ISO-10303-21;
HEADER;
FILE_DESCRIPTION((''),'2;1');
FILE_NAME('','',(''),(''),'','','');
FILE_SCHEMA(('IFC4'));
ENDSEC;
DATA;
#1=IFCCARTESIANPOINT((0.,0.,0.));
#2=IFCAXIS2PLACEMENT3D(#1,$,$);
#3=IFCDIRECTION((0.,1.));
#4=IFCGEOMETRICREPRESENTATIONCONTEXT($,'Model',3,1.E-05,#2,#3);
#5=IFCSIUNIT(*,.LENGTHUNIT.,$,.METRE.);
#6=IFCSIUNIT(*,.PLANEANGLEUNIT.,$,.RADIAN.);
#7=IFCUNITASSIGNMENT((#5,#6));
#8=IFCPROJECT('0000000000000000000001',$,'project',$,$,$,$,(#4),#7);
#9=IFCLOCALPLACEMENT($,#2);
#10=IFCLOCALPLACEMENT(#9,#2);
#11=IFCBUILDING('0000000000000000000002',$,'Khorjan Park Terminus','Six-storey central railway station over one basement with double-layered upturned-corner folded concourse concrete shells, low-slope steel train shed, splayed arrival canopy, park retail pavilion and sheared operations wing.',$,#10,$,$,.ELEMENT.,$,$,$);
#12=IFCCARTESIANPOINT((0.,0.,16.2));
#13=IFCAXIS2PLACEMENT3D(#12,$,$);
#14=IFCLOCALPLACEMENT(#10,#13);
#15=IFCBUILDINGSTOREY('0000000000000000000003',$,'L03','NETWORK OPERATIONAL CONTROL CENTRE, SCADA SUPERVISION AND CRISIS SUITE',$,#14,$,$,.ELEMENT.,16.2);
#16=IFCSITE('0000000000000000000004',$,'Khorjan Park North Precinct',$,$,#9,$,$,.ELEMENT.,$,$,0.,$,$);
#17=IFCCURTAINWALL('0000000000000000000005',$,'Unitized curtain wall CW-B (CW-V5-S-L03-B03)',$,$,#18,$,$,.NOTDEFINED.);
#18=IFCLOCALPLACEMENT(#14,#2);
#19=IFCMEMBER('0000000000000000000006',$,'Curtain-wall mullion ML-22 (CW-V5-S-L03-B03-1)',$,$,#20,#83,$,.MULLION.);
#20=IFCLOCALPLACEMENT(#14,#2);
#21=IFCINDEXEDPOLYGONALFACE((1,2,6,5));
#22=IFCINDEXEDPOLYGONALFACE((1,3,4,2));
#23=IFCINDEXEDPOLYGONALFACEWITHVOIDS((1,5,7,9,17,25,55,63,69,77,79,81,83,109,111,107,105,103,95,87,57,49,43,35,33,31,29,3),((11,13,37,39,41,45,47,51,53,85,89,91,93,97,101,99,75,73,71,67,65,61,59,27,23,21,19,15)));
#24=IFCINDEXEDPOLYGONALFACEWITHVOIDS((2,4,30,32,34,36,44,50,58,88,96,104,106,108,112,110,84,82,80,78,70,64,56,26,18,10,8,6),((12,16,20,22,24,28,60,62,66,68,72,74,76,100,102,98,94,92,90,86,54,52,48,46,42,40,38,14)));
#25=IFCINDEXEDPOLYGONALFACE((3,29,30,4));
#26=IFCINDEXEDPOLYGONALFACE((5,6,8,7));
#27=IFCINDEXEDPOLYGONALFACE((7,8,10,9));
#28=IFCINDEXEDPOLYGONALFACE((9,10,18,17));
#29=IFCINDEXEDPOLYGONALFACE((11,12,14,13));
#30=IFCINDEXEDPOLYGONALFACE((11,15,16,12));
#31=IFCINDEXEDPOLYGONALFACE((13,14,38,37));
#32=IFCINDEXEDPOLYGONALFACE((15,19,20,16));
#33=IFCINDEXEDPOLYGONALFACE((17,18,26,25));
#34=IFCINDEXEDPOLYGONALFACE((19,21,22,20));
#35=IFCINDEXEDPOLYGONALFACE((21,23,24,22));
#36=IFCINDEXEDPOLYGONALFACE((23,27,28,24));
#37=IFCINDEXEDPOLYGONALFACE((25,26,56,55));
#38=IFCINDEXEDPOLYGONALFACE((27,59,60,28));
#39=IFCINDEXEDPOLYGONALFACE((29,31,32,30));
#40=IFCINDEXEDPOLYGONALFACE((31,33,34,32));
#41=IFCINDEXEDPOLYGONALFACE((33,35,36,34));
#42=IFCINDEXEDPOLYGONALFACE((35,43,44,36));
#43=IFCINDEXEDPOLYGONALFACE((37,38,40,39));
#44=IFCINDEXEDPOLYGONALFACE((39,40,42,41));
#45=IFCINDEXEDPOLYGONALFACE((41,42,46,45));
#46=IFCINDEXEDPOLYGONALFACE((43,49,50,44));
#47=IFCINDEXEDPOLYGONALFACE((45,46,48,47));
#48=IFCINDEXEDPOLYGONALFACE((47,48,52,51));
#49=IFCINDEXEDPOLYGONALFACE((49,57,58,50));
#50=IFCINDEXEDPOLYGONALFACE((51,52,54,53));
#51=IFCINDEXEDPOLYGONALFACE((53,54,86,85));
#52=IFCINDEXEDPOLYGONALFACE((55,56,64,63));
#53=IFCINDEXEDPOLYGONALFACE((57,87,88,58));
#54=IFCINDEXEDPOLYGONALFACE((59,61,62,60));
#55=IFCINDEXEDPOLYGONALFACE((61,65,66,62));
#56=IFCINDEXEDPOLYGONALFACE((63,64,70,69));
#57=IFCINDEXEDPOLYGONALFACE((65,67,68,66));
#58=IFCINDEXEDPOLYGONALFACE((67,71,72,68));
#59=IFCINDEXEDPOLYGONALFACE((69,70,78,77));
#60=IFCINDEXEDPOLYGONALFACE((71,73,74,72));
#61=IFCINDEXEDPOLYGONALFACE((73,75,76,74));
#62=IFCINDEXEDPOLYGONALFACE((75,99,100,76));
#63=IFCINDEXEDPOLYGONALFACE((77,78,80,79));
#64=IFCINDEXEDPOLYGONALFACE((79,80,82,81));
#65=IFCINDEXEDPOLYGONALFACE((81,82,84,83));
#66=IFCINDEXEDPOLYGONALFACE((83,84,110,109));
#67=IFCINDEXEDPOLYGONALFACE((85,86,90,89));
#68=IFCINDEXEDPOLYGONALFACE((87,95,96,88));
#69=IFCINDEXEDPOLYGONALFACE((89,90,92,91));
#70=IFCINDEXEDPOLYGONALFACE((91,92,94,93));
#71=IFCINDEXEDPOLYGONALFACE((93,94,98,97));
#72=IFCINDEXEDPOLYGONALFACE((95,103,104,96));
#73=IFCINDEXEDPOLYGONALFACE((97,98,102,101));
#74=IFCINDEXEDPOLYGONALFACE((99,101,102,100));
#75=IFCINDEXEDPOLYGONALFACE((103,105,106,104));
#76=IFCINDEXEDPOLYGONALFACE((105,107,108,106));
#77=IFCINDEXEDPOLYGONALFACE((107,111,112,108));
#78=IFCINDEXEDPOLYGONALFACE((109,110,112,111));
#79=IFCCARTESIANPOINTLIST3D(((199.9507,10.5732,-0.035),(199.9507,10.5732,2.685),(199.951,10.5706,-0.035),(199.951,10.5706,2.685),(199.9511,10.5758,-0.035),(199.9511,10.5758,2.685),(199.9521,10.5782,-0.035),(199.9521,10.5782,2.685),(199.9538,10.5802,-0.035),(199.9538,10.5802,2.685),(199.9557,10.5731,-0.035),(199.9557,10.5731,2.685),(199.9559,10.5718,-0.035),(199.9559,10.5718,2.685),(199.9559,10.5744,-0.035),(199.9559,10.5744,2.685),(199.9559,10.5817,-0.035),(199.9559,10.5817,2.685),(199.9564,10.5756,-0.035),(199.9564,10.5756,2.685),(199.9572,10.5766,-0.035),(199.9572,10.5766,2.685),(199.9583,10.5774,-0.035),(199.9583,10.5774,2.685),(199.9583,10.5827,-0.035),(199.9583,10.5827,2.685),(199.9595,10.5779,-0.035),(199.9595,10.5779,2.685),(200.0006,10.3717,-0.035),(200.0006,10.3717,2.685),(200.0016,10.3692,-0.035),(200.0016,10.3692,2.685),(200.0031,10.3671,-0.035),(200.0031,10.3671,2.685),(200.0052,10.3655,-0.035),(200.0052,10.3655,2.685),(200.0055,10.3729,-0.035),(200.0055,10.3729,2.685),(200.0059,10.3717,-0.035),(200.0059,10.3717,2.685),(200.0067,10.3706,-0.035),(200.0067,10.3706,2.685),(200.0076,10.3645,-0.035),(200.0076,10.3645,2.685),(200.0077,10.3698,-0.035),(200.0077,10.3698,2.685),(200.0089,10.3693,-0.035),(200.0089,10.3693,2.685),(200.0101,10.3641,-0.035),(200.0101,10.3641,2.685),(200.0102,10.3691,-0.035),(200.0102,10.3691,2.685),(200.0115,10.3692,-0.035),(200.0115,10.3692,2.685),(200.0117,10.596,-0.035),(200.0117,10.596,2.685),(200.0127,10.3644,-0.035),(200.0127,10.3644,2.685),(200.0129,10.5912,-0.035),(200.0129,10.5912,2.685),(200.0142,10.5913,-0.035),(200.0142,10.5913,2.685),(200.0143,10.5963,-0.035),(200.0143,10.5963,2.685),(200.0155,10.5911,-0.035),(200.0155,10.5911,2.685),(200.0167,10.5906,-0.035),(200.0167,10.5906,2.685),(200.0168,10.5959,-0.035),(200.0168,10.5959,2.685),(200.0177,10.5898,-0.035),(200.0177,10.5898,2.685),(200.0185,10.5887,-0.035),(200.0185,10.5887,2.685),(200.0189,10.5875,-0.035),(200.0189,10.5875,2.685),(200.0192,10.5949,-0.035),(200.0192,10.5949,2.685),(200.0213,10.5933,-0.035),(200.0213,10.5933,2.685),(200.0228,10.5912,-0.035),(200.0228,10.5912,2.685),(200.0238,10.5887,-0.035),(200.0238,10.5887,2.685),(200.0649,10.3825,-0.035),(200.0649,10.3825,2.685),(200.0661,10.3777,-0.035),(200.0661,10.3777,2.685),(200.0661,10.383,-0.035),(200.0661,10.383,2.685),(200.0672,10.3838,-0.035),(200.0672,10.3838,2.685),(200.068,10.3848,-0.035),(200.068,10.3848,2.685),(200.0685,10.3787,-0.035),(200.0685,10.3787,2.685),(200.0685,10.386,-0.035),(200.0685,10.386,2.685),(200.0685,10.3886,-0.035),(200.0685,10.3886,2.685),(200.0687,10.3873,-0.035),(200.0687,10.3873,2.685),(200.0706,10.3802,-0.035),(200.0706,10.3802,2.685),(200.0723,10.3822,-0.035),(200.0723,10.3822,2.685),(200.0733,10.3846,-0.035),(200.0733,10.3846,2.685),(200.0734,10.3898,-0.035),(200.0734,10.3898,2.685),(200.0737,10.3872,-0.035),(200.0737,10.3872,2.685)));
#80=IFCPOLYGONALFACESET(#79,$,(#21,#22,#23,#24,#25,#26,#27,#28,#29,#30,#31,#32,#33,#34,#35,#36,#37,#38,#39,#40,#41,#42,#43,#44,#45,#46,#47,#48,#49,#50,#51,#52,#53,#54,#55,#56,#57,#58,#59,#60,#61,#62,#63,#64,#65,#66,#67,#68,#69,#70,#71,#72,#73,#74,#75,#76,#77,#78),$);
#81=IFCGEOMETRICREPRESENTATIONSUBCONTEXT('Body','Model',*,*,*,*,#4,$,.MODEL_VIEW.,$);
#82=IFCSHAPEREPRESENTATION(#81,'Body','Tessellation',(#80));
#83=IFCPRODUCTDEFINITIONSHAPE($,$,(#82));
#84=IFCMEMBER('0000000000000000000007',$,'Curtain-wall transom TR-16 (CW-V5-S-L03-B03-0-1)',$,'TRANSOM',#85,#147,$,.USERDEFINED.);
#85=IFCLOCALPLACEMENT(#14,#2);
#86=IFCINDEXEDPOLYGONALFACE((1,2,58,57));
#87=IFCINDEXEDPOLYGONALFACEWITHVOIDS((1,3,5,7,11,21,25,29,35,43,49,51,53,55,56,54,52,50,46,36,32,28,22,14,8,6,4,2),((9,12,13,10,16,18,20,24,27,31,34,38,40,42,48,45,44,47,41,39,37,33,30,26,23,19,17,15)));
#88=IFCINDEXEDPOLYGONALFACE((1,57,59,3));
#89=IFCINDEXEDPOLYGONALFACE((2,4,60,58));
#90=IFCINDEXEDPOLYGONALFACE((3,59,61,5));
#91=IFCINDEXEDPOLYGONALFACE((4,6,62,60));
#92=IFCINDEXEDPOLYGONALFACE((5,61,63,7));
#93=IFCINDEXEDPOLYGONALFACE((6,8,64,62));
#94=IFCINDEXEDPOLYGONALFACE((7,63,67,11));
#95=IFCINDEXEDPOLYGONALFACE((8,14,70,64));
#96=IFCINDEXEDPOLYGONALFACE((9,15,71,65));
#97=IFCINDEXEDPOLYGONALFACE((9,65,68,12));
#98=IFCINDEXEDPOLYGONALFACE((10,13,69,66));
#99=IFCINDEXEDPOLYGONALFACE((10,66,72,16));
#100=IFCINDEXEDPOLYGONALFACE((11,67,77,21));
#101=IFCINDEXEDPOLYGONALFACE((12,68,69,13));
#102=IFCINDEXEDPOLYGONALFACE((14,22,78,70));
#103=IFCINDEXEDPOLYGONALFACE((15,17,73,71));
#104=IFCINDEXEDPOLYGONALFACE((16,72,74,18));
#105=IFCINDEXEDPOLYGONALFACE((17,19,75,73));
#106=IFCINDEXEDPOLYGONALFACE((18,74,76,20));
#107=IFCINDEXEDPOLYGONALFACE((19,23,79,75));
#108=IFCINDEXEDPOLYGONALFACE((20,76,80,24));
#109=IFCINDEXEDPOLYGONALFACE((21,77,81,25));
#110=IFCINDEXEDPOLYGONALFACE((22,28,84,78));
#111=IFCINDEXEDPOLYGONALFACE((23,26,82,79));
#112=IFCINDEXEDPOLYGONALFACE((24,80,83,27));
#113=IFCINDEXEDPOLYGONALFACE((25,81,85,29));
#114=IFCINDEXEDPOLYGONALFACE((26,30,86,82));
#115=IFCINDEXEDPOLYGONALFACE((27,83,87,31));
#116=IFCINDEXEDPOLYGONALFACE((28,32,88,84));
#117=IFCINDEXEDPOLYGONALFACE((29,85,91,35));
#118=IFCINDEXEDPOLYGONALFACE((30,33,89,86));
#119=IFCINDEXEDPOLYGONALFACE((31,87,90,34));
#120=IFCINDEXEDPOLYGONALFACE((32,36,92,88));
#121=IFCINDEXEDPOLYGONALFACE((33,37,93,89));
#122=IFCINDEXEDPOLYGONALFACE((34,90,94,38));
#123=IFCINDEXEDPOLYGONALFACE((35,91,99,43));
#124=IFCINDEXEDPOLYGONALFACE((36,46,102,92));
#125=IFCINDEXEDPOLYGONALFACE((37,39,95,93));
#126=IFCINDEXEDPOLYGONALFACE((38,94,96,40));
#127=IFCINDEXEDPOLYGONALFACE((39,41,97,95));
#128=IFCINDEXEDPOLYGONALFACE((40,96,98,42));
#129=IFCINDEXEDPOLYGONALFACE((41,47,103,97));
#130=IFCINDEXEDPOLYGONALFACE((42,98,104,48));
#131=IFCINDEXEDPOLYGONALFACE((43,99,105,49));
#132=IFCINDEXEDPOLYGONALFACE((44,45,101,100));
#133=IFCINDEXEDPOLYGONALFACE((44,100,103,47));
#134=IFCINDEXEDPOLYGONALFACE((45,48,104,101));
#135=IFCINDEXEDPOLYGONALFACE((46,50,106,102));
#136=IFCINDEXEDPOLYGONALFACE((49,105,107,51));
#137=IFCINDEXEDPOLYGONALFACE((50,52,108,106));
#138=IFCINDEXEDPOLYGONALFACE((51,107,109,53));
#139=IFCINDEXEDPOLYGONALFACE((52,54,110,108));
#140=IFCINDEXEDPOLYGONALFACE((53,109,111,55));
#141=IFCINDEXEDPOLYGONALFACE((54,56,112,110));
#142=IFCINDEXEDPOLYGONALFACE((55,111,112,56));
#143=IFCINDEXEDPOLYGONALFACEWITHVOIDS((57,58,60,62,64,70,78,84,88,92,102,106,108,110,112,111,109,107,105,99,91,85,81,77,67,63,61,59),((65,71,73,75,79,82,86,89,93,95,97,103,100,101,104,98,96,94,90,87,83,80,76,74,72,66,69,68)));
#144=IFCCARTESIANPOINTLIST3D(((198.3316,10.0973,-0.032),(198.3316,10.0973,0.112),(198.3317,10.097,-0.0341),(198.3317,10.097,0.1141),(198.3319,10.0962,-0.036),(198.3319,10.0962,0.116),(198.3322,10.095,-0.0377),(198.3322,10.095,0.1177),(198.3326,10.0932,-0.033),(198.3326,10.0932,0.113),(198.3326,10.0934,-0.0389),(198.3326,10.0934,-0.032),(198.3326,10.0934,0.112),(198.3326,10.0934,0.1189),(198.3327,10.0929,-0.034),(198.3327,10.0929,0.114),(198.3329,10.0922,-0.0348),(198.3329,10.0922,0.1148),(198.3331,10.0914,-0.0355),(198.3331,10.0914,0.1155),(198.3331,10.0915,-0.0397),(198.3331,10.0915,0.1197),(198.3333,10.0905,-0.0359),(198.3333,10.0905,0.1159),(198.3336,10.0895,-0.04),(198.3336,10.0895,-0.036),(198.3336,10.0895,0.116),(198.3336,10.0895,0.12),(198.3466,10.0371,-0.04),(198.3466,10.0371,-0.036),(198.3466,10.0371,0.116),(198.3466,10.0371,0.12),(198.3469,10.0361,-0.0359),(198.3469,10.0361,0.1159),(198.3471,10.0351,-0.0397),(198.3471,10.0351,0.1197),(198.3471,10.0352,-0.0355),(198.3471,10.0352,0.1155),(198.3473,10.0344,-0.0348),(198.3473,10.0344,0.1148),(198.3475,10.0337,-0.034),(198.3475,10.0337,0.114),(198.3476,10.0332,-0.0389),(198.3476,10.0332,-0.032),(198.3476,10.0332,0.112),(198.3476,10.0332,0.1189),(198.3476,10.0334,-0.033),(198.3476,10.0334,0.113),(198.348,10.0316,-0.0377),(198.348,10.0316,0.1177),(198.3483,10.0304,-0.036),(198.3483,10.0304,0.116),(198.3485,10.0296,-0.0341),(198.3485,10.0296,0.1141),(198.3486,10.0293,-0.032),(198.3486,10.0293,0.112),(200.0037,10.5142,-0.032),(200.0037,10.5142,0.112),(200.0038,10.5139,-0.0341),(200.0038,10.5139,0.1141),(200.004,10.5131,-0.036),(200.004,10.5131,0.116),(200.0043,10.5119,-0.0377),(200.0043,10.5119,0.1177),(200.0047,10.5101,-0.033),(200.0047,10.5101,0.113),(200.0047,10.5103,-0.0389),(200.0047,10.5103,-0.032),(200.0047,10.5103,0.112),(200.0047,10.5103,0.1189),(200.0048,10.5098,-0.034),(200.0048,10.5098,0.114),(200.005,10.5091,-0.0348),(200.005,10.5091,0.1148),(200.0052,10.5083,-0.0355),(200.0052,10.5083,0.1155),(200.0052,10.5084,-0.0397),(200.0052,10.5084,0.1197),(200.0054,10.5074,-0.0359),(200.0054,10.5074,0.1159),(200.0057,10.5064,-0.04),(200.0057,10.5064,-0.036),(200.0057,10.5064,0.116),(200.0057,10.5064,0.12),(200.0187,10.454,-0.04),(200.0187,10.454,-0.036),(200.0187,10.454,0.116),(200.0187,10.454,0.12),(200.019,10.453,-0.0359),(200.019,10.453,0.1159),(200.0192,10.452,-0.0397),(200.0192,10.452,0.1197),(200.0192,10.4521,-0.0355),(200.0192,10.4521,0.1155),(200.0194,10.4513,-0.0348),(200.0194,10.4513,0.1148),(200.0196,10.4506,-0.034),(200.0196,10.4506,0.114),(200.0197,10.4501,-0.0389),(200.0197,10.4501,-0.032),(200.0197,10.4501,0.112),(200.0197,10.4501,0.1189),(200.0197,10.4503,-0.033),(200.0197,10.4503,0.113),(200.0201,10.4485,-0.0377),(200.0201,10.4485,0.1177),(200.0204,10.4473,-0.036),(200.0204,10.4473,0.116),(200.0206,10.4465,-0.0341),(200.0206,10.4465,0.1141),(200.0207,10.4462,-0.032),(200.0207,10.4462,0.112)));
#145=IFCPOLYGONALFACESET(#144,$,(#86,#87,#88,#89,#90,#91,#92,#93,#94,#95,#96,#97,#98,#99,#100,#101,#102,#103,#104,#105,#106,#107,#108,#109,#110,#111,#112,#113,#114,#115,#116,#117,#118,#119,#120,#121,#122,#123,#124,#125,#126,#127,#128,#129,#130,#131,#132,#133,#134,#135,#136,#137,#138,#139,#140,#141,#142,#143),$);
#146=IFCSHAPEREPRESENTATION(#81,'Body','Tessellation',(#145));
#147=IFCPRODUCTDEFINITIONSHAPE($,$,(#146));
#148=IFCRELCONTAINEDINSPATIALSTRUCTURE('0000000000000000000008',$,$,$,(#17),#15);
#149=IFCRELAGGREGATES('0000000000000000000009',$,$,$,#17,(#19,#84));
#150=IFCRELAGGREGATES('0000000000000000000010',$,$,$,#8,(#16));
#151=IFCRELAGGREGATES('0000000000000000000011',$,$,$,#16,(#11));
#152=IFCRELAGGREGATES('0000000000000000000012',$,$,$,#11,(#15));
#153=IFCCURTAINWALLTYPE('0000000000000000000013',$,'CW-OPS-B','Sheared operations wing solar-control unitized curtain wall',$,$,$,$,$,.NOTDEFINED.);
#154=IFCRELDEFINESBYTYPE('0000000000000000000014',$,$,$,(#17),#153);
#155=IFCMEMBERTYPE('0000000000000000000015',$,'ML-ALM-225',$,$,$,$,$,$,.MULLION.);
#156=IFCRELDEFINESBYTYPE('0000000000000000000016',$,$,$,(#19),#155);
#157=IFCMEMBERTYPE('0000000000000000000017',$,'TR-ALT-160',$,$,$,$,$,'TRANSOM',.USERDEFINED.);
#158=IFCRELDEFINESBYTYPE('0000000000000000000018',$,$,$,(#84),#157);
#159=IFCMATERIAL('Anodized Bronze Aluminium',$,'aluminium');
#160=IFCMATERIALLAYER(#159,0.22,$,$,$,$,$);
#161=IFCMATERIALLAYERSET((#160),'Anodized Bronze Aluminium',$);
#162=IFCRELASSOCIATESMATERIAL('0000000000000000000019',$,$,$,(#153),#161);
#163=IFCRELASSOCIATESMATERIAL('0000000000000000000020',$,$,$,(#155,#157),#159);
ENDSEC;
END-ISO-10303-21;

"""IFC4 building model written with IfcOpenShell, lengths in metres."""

from ifc_helpers import new_model, si_unit, direction, frame, origin, origin_2d, place, context, subcontext, project, spatial, hollow_rectangle, extrude, material, layer, layer_set, material_profile, profile_set, type_object, element, aggregate, save


model = new_model("IFC4")

# Units and contexts
model_context = context("Model", 3, precision=1e-05, world=origin(), true_north=direction((0.0, 1.0)))
body_context = subcontext(model_context, "Body", "Model", "MODEL_VIEW")
ifc_project = project(units=[si_unit("LENGTHUNIT", "METRE"), si_unit("PLANEANGLEUNIT", "RADIAN")], contexts=[model_context])

# Site, building, storey
site_placement = place(None, origin())
site = spatial("IfcSite", under=ifc_project, at=site_placement, Name="Khorjan Park North Precinct", CompositionType="ELEMENT", RefElevation=0.0)
building_placement = place(site_placement, origin())
building = spatial("IfcBuilding", under=site, at=building_placement, Name="Khorjan Park Terminus", Description="Six-storey central railway station over one basement with double-layered upturned-corner folded concourse concrete shells, low-slope steel train shed, splayed arrival canopy, park retail pavilion and sheared operations wing.", CompositionType="ELEMENT")
storey_placement = place(building_placement, frame((0.0, 0.0, 16.2)))
storey = spatial("IfcBuildingStorey", under=building, at=storey_placement, Name="L03", Description="NETWORK OPERATIONAL CONTROL CENTRE, SCADA SUPERVISION AND CRISIS SUITE", CompositionType="ELEMENT", Elevation=16.2)

# Curtain wall, members
ifc_material_1 = material(Name="Anodized Bronze Aluminium", Category="aluminium")
ifc_layer_1 = layer(ifc_material_1, 0.22)
ifc_layer_set_1 = layer_set([ifc_layer_1], Name="Anodized Bronze Aluminium")
curtain_wall_type = type_object("IfcCurtainWallType", Name="CW-OPS-B", Description="Sheared operations wing solar-control unitized curtain wall", PredefinedType="NOTDEFINED", material=ifc_layer_set_1)
curtain_wall_placement = place(storey_placement, origin())
curtain_wall = element("IfcCurtainWall", 1, at=curtain_wall_placement, inside=storey, type_object=curtain_wall_type, Name="Unitized curtain wall CW-B (CW-V5-S-L03-B03)", PredefinedType="NOTDEFINED")
ifc_material_profile_1 = material_profile(ifc_material_1, hollow_rectangle(XDim=0.075, YDim=0.225, WallThickness=0.005, InnerFilletRadius=0.005, OuterFilletRadius=0.01, at=origin_2d()), Name="ALM 75x225x5")
ifc_profile_set_1 = profile_set([ifc_material_profile_1], Name="Anodized Bronze Aluminium")
member_type_1 = type_object("IfcMemberType", Name="ML-ALM-225", PredefinedType="MULLION", material=ifc_profile_set_1)
member_1_placement = place(storey_placement, frame((200.0122, 10.4802, -0.035), z_axis=(0.0, 0.0, 1.0), x_axis=(0.970295, 0.241926, 0.0)))
member_1 = element("IfcMember", 2, at=member_1_placement, type_object=member_type_1, Name="Curtain-wall mullion ML-22 (CW-V5-S-L03-B03-1)", PredefinedType="MULLION", context=body_context, shape_type="SweptSolid", body=[
    extrude(hollow_rectangle(XDim=0.075, YDim=0.225, WallThickness=0.005, InnerFilletRadius=0.005, OuterFilletRadius=0.01, at=origin_2d()), origin(), (0.0, 0.0, 1.0), 2.72),
])
ifc_material_profile_2 = material_profile(ifc_material_1, hollow_rectangle(XDim=0.07, YDim=0.16, WallThickness=0.004, InnerFilletRadius=0.004, OuterFilletRadius=0.008, at=origin_2d()), Name="ALT 70x160x4")
ifc_profile_set_2 = profile_set([ifc_material_profile_2], Name="Anodized Bronze Aluminium")
member_type_2 = type_object("IfcMemberType", Name="TR-ALT-160", ElementType="TRANSOM", PredefinedType="USERDEFINED", material=ifc_profile_set_2)
member_2_placement = place(storey_placement, frame((198.3401, 10.0633, 0.04), z_axis=(0.970296, 0.241921, 0.0), x_axis=(-0.241921, 0.970296, 0.0)))
member_2 = element("IfcMember", 3, at=member_2_placement, type_object=member_type_2, Name="Curtain-wall transom TR-16 (CW-V5-S-L03-B03-0-1)", ObjectType="TRANSOM", PredefinedType="USERDEFINED", context=body_context, shape_type="SweptSolid", body=[
    extrude(hollow_rectangle(XDim=0.07, YDim=0.16, WallThickness=0.004, InnerFilletRadius=0.004, OuterFilletRadius=0.008, at=origin_2d()), origin(), (0.0, 0.0, 1.0), 1.7233),
])
aggregate(curtain_wall, [member_1, member_2])

save(model, "model.ifc")
